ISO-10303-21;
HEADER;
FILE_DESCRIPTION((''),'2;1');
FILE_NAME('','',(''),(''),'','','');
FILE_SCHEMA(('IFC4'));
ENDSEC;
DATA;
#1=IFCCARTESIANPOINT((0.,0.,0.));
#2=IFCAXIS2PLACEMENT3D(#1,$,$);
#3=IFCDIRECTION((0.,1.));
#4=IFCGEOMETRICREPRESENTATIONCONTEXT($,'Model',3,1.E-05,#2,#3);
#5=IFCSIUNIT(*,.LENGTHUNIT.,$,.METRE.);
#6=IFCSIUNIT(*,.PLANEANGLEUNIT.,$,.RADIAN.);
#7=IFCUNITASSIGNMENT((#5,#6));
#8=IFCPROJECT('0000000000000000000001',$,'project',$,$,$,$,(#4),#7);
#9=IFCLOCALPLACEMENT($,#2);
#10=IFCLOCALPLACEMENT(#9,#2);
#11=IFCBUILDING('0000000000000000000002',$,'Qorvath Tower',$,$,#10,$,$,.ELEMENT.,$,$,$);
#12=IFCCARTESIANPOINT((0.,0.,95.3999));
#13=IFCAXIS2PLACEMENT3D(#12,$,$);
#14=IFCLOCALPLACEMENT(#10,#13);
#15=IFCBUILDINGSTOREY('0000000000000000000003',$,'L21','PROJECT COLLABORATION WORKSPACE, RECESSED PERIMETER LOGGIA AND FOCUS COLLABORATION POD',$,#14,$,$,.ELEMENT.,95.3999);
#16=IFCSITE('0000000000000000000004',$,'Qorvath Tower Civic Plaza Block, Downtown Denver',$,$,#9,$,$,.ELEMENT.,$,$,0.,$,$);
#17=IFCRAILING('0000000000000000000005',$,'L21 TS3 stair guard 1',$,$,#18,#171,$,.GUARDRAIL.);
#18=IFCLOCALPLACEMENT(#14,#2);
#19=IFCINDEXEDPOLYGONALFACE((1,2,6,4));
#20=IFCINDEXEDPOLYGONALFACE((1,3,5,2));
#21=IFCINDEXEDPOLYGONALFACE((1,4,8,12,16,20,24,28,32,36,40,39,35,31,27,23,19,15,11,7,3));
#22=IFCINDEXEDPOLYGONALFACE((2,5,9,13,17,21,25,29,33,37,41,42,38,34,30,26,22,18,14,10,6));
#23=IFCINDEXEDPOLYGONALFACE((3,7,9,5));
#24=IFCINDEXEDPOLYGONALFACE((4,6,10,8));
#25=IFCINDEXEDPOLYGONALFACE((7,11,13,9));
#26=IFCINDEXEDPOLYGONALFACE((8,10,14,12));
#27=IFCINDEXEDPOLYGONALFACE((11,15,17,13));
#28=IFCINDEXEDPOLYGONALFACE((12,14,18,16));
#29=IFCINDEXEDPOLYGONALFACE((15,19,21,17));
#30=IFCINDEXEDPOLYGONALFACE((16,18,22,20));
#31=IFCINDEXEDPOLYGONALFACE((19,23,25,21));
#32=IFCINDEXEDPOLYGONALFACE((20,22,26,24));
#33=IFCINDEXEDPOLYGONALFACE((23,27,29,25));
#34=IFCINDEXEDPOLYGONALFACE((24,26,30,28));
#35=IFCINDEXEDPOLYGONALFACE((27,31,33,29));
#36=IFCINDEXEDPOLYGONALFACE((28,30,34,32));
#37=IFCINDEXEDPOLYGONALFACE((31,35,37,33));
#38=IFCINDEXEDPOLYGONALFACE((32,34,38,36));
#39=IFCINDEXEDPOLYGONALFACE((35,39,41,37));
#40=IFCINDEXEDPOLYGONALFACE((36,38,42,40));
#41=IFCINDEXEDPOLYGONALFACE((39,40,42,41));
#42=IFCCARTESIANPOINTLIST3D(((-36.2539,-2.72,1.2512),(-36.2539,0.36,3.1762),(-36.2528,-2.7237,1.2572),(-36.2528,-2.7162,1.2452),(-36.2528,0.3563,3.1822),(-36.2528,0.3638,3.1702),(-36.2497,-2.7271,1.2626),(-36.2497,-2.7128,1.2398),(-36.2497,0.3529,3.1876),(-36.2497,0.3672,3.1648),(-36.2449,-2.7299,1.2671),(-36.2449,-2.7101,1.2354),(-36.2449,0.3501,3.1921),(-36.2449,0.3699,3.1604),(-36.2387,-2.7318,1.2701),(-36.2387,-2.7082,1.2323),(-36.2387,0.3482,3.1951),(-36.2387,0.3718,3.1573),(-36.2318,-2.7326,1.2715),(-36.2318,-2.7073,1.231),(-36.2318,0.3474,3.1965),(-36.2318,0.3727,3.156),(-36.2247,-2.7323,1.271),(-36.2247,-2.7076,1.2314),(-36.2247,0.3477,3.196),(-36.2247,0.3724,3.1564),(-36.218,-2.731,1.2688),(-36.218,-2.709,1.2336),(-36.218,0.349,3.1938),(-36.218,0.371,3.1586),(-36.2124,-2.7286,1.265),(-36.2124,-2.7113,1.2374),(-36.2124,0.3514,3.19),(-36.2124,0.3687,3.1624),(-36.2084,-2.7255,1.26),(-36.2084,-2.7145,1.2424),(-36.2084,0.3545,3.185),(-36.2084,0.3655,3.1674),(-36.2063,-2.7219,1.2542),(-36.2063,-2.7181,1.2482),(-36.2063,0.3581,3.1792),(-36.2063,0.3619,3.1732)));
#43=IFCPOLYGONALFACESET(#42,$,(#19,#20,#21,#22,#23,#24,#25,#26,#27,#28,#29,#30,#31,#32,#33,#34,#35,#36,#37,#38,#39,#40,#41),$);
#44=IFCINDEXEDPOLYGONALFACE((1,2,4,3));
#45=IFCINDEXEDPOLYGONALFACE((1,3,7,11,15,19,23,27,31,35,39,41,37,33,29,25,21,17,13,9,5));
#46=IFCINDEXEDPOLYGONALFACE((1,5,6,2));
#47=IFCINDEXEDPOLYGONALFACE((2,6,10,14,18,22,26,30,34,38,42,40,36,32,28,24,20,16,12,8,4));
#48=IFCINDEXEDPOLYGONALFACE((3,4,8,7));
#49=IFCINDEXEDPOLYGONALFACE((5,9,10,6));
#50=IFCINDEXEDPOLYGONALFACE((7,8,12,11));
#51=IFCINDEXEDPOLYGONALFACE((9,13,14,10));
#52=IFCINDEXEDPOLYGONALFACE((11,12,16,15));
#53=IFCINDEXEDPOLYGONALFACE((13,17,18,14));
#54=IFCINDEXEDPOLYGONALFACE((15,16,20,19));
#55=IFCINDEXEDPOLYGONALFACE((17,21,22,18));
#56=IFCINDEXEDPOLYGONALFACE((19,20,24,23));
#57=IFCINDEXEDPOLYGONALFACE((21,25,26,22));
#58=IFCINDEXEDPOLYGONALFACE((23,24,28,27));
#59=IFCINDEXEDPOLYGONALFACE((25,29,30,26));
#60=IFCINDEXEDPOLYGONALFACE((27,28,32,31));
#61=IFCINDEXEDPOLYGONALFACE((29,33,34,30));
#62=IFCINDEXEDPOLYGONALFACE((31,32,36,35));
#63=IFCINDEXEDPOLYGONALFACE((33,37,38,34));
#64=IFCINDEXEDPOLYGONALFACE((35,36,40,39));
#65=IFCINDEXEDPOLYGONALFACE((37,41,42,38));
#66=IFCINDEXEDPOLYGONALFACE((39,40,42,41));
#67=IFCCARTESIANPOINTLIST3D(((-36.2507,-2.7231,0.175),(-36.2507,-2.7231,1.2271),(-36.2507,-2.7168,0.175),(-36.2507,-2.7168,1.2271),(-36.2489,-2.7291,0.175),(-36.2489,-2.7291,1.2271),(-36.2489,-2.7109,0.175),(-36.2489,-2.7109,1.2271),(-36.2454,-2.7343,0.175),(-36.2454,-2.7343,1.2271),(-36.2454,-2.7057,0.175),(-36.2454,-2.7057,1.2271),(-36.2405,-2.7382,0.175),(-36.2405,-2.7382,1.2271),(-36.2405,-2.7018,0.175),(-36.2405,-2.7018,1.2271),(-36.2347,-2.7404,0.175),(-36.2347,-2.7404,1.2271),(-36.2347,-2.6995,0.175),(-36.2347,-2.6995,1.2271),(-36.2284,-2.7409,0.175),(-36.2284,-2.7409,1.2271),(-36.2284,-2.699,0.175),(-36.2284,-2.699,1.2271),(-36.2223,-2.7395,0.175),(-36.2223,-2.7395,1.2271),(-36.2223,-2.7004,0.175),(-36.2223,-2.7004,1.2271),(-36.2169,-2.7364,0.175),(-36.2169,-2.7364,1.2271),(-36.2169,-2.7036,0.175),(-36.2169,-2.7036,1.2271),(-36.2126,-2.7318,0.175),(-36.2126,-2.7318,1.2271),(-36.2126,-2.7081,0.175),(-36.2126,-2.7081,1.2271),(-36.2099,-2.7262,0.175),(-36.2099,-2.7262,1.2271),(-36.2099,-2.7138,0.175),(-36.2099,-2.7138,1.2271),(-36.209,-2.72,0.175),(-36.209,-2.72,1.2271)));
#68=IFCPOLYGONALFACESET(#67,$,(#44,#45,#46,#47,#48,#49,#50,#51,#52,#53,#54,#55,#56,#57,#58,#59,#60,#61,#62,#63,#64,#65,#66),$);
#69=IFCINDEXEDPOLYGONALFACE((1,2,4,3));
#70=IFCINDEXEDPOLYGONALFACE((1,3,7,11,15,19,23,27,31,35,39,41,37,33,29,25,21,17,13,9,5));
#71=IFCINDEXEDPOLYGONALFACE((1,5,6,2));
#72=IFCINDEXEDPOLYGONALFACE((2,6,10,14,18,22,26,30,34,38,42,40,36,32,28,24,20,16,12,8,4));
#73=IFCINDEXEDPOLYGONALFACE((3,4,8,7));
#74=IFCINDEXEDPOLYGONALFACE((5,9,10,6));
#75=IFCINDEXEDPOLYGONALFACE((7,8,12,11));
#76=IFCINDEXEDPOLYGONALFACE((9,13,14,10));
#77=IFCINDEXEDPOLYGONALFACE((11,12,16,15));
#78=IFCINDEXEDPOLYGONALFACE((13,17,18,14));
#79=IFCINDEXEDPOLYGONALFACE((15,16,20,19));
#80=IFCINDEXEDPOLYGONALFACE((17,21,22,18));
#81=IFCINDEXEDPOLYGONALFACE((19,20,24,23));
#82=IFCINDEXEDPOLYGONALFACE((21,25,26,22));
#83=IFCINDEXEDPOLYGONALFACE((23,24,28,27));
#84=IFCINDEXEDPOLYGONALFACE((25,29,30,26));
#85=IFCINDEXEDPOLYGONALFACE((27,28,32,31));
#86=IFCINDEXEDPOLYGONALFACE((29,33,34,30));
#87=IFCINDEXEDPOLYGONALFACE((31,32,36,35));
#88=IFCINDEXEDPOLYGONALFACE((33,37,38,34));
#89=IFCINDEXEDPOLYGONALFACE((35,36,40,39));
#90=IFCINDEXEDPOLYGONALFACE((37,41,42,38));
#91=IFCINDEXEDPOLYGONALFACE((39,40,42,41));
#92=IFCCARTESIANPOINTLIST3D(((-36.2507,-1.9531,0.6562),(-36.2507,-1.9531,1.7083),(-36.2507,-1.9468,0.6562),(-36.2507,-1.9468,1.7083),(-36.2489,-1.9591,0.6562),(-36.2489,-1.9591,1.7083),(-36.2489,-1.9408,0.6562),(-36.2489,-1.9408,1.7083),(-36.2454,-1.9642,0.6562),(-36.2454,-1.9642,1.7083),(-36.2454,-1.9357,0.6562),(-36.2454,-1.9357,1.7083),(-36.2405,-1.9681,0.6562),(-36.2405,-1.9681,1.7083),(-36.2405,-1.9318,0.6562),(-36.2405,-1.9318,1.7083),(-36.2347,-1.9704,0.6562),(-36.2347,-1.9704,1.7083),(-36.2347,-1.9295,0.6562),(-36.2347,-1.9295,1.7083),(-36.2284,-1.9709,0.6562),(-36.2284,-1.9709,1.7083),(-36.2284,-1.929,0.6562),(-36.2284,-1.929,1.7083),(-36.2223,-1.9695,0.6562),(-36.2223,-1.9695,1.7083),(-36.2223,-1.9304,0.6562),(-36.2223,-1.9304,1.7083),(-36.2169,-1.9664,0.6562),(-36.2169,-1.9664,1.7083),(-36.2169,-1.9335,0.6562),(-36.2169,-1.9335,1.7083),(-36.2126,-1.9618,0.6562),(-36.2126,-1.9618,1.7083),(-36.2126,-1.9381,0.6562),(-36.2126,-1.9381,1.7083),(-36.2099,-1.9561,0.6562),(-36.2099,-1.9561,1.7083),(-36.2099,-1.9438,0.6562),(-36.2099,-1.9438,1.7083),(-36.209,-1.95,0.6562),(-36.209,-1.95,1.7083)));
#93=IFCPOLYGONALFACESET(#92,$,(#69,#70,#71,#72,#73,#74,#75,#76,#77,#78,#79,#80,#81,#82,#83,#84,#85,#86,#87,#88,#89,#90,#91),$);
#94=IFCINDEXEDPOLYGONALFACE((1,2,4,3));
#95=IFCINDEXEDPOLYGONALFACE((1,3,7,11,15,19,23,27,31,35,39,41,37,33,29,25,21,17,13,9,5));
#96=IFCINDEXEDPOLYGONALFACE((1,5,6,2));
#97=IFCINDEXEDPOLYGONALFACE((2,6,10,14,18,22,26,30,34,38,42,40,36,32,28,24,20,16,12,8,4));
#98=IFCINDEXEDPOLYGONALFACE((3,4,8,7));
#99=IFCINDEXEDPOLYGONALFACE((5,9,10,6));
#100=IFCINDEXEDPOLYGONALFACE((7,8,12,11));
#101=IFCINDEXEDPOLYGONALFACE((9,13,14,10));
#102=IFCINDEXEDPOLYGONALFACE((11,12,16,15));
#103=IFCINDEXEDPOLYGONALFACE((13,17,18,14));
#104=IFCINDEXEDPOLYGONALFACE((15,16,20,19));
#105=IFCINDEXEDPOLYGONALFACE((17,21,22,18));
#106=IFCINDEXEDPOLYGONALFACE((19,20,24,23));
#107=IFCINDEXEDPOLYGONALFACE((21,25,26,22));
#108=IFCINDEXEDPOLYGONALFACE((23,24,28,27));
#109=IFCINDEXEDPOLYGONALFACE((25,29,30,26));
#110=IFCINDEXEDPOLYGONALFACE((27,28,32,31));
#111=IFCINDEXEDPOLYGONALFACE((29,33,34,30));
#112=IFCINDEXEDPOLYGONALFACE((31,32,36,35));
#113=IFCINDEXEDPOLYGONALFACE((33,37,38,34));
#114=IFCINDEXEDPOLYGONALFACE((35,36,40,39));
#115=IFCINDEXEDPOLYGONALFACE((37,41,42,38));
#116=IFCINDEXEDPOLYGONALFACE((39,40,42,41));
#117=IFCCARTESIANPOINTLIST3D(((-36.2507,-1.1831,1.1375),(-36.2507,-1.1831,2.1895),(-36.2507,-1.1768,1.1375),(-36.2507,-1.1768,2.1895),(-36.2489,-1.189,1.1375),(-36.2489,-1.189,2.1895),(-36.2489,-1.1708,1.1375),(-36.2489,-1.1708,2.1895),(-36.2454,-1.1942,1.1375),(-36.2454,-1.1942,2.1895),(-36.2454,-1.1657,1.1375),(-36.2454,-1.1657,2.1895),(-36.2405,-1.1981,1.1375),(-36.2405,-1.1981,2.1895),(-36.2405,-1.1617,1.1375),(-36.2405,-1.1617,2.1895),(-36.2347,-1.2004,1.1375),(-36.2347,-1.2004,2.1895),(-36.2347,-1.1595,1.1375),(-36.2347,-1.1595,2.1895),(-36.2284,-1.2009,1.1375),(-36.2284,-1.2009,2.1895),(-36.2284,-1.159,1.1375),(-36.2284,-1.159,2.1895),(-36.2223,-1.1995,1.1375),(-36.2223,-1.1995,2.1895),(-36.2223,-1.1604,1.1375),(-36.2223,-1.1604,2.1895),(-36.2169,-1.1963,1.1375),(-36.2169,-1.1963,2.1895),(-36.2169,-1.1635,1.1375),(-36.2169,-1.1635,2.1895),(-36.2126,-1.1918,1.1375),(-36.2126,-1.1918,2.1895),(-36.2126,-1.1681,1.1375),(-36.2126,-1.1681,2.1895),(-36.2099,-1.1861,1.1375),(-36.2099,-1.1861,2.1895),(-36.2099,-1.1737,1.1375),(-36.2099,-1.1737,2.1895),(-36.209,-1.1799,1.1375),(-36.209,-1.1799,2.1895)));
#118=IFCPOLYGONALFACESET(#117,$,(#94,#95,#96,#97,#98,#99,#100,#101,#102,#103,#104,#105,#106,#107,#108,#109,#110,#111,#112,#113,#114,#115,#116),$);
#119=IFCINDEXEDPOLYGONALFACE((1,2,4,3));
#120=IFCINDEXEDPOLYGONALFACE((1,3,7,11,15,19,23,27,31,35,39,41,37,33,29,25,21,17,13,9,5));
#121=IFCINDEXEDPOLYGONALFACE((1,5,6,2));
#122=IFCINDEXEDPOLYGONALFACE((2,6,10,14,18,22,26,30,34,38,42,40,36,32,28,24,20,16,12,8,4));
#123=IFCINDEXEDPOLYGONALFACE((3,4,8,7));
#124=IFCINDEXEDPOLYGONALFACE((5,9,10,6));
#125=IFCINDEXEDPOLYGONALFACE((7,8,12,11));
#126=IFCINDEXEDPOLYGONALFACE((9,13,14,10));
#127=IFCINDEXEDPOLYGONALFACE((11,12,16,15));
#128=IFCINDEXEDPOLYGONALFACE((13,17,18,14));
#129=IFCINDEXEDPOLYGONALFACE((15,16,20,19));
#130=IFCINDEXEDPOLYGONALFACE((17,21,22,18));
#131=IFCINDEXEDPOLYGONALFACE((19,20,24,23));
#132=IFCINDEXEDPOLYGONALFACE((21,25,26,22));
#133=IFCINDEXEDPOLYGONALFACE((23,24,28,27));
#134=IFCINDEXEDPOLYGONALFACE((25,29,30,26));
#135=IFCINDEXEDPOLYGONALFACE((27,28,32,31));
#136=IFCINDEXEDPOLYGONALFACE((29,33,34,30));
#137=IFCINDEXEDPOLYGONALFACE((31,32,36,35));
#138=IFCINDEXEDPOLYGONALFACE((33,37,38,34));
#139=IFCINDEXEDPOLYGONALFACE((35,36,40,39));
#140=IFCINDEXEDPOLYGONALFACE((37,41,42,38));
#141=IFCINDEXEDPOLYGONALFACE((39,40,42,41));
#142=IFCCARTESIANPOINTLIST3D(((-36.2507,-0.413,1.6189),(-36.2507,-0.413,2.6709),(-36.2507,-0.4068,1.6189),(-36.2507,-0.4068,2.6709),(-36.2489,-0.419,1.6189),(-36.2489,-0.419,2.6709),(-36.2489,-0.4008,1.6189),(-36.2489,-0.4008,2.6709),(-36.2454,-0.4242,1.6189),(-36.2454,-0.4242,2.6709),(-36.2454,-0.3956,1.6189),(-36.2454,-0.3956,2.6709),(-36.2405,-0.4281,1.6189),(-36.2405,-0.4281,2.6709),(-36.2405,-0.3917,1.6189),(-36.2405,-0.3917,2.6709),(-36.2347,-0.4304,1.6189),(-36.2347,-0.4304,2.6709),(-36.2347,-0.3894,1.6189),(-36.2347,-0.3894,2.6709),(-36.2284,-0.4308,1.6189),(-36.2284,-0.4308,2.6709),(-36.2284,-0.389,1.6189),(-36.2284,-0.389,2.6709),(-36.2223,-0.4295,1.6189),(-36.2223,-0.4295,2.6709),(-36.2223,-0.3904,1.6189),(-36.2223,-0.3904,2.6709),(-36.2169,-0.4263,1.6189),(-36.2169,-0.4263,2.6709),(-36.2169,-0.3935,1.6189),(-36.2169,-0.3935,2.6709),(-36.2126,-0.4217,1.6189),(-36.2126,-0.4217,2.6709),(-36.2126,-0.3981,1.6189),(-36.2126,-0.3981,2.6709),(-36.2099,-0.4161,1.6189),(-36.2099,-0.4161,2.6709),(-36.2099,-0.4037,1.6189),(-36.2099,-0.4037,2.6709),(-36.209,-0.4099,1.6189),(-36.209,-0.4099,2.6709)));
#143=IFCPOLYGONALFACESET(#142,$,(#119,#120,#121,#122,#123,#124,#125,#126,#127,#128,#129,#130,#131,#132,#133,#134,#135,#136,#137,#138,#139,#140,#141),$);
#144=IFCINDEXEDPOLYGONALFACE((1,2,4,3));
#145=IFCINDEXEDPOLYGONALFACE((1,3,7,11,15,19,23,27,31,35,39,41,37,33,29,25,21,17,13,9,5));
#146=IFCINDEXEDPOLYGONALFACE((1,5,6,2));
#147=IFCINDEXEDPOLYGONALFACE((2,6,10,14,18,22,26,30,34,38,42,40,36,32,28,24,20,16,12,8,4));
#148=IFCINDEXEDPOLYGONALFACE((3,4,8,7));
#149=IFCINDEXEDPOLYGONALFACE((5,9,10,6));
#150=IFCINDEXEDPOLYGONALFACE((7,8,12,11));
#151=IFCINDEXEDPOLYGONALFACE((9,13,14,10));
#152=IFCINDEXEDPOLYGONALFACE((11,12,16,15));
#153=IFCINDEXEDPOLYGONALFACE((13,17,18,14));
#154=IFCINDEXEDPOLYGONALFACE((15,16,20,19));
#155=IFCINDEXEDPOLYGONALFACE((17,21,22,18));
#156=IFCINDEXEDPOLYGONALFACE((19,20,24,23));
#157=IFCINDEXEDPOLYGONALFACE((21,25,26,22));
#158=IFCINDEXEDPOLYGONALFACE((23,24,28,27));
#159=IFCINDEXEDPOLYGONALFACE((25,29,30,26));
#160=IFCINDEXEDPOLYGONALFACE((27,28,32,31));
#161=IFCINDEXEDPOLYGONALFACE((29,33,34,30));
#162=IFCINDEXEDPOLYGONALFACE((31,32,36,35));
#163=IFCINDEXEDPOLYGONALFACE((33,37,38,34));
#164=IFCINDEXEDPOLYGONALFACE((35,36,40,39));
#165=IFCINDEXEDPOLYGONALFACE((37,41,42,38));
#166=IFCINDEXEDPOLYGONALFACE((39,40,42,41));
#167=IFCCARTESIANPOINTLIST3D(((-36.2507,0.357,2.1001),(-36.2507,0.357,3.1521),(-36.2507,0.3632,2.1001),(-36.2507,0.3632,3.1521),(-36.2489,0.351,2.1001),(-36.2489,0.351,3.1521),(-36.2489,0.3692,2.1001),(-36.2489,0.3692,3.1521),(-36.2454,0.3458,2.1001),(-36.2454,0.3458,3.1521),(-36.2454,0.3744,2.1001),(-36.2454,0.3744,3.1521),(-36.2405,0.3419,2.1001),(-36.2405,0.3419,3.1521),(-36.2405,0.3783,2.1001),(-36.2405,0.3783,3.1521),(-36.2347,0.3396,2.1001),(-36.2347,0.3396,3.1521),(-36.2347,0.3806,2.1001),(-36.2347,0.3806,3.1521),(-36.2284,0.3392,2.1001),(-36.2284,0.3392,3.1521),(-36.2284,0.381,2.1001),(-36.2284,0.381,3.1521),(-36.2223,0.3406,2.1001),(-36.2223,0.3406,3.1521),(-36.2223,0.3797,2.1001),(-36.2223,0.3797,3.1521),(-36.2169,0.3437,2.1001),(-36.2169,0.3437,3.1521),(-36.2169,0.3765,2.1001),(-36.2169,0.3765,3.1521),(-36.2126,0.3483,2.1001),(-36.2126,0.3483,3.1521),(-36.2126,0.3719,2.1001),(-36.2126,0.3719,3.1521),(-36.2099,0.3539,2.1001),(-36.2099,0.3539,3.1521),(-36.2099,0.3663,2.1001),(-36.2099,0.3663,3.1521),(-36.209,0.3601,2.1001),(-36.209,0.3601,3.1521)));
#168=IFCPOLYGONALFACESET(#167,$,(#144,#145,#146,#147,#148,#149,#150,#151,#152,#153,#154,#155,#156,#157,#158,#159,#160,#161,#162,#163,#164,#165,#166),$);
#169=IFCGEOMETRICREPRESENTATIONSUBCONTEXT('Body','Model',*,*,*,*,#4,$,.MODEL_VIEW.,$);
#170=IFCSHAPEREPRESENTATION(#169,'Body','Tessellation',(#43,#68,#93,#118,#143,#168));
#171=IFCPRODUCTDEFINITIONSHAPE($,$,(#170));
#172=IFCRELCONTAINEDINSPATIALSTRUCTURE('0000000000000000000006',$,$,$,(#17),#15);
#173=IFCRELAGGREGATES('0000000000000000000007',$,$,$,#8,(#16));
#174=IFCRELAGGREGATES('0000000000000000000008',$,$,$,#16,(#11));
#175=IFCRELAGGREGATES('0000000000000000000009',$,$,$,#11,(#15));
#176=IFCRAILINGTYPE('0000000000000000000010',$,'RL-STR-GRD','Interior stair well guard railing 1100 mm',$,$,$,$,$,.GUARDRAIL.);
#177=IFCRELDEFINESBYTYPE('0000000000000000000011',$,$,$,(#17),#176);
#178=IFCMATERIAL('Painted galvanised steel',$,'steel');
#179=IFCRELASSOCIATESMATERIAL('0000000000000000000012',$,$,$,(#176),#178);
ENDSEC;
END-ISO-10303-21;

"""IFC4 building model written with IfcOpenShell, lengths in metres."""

from ifc_helpers import new_model, si_unit, direction, frame, origin, origin_2d, place, context, subcontext, project, spatial, circle, extrude, material, type_object, element, save


model = new_model("IFC4")

# Units and contexts
model_context = context("Model", 3, precision=1e-05, world=origin(), true_north=direction((0.0, 1.0)))
body_context = subcontext(model_context, "Body", "Model", "MODEL_VIEW")
ifc_project = project(units=[si_unit("LENGTHUNIT", "METRE"), si_unit("PLANEANGLEUNIT", "RADIAN")], contexts=[model_context])

# Site, building, storey
site_placement = place(None, origin())
site = spatial("IfcSite", under=ifc_project, at=site_placement, Name="Qorvath Tower Civic Plaza Block, Downtown Denver", CompositionType="ELEMENT", RefElevation=0.0)
building_placement = place(site_placement, origin())
building = spatial("IfcBuilding", under=site, at=building_placement, Name="Qorvath Tower", CompositionType="ELEMENT")
storey_placement = place(building_placement, frame((0.0, 0.0, 95.3999)))
storey = spatial("IfcBuildingStorey", under=building, at=storey_placement, Name="L21", Description="PROJECT COLLABORATION WORKSPACE, RECESSED PERIMETER LOGGIA AND FOCUS COLLABORATION POD", CompositionType="ELEMENT", Elevation=95.3999)

# Railing
ifc_material_1 = material(Name="Painted galvanised steel", Category="steel")
railing_type_1 = type_object("IfcRailingType", Name="RL-STR-GRD", Description="Interior stair well guard railing 1100 mm", PredefinedType="GUARDRAIL", material=ifc_material_1)
railing_1_placement = place(storey_placement, frame((-36.23, -2.72, 0.175)))
element("IfcRailing", 1, at=railing_1_placement, inside=storey, type_object=railing_type_1, Name="L21 TS3 stair guard 1", PredefinedType="GUARDRAIL", context=body_context, shape_type="SweptSolid", body=[
    extrude(circle(Radius=0.0239, at=origin_2d()), frame((0.0, 0.0, 1.0762), z_axis=(0.0, 0.847998, 0.529999), x_axis=(-1.0, 0.0, 0.0)), (0.0, 0.0, 1.0), 3.6321),
    extrude(circle(Radius=0.021, at=origin_2d()), origin(), (0.0, 0.0, 1.0), 1.052),
    extrude(circle(Radius=0.021, at=origin_2d()), frame((0.0, 0.77, 0.4812)), (0.0, 0.0, 1.0), 1.052),
    extrude(circle(Radius=0.021, at=origin_2d()), frame((0.0, 1.54, 0.9624)), (0.0, 0.0, 1.0), 1.052),
    extrude(circle(Radius=0.021, at=origin_2d()), frame((0.0, 2.3101, 1.4438)), (0.0, 0.0, 1.0), 1.052),
    extrude(circle(Radius=0.021, at=origin_2d()), frame((0.0, 3.0801, 1.925)), (0.0, 0.0, 1.0), 1.052),
])

save(model, "model.ifc")
